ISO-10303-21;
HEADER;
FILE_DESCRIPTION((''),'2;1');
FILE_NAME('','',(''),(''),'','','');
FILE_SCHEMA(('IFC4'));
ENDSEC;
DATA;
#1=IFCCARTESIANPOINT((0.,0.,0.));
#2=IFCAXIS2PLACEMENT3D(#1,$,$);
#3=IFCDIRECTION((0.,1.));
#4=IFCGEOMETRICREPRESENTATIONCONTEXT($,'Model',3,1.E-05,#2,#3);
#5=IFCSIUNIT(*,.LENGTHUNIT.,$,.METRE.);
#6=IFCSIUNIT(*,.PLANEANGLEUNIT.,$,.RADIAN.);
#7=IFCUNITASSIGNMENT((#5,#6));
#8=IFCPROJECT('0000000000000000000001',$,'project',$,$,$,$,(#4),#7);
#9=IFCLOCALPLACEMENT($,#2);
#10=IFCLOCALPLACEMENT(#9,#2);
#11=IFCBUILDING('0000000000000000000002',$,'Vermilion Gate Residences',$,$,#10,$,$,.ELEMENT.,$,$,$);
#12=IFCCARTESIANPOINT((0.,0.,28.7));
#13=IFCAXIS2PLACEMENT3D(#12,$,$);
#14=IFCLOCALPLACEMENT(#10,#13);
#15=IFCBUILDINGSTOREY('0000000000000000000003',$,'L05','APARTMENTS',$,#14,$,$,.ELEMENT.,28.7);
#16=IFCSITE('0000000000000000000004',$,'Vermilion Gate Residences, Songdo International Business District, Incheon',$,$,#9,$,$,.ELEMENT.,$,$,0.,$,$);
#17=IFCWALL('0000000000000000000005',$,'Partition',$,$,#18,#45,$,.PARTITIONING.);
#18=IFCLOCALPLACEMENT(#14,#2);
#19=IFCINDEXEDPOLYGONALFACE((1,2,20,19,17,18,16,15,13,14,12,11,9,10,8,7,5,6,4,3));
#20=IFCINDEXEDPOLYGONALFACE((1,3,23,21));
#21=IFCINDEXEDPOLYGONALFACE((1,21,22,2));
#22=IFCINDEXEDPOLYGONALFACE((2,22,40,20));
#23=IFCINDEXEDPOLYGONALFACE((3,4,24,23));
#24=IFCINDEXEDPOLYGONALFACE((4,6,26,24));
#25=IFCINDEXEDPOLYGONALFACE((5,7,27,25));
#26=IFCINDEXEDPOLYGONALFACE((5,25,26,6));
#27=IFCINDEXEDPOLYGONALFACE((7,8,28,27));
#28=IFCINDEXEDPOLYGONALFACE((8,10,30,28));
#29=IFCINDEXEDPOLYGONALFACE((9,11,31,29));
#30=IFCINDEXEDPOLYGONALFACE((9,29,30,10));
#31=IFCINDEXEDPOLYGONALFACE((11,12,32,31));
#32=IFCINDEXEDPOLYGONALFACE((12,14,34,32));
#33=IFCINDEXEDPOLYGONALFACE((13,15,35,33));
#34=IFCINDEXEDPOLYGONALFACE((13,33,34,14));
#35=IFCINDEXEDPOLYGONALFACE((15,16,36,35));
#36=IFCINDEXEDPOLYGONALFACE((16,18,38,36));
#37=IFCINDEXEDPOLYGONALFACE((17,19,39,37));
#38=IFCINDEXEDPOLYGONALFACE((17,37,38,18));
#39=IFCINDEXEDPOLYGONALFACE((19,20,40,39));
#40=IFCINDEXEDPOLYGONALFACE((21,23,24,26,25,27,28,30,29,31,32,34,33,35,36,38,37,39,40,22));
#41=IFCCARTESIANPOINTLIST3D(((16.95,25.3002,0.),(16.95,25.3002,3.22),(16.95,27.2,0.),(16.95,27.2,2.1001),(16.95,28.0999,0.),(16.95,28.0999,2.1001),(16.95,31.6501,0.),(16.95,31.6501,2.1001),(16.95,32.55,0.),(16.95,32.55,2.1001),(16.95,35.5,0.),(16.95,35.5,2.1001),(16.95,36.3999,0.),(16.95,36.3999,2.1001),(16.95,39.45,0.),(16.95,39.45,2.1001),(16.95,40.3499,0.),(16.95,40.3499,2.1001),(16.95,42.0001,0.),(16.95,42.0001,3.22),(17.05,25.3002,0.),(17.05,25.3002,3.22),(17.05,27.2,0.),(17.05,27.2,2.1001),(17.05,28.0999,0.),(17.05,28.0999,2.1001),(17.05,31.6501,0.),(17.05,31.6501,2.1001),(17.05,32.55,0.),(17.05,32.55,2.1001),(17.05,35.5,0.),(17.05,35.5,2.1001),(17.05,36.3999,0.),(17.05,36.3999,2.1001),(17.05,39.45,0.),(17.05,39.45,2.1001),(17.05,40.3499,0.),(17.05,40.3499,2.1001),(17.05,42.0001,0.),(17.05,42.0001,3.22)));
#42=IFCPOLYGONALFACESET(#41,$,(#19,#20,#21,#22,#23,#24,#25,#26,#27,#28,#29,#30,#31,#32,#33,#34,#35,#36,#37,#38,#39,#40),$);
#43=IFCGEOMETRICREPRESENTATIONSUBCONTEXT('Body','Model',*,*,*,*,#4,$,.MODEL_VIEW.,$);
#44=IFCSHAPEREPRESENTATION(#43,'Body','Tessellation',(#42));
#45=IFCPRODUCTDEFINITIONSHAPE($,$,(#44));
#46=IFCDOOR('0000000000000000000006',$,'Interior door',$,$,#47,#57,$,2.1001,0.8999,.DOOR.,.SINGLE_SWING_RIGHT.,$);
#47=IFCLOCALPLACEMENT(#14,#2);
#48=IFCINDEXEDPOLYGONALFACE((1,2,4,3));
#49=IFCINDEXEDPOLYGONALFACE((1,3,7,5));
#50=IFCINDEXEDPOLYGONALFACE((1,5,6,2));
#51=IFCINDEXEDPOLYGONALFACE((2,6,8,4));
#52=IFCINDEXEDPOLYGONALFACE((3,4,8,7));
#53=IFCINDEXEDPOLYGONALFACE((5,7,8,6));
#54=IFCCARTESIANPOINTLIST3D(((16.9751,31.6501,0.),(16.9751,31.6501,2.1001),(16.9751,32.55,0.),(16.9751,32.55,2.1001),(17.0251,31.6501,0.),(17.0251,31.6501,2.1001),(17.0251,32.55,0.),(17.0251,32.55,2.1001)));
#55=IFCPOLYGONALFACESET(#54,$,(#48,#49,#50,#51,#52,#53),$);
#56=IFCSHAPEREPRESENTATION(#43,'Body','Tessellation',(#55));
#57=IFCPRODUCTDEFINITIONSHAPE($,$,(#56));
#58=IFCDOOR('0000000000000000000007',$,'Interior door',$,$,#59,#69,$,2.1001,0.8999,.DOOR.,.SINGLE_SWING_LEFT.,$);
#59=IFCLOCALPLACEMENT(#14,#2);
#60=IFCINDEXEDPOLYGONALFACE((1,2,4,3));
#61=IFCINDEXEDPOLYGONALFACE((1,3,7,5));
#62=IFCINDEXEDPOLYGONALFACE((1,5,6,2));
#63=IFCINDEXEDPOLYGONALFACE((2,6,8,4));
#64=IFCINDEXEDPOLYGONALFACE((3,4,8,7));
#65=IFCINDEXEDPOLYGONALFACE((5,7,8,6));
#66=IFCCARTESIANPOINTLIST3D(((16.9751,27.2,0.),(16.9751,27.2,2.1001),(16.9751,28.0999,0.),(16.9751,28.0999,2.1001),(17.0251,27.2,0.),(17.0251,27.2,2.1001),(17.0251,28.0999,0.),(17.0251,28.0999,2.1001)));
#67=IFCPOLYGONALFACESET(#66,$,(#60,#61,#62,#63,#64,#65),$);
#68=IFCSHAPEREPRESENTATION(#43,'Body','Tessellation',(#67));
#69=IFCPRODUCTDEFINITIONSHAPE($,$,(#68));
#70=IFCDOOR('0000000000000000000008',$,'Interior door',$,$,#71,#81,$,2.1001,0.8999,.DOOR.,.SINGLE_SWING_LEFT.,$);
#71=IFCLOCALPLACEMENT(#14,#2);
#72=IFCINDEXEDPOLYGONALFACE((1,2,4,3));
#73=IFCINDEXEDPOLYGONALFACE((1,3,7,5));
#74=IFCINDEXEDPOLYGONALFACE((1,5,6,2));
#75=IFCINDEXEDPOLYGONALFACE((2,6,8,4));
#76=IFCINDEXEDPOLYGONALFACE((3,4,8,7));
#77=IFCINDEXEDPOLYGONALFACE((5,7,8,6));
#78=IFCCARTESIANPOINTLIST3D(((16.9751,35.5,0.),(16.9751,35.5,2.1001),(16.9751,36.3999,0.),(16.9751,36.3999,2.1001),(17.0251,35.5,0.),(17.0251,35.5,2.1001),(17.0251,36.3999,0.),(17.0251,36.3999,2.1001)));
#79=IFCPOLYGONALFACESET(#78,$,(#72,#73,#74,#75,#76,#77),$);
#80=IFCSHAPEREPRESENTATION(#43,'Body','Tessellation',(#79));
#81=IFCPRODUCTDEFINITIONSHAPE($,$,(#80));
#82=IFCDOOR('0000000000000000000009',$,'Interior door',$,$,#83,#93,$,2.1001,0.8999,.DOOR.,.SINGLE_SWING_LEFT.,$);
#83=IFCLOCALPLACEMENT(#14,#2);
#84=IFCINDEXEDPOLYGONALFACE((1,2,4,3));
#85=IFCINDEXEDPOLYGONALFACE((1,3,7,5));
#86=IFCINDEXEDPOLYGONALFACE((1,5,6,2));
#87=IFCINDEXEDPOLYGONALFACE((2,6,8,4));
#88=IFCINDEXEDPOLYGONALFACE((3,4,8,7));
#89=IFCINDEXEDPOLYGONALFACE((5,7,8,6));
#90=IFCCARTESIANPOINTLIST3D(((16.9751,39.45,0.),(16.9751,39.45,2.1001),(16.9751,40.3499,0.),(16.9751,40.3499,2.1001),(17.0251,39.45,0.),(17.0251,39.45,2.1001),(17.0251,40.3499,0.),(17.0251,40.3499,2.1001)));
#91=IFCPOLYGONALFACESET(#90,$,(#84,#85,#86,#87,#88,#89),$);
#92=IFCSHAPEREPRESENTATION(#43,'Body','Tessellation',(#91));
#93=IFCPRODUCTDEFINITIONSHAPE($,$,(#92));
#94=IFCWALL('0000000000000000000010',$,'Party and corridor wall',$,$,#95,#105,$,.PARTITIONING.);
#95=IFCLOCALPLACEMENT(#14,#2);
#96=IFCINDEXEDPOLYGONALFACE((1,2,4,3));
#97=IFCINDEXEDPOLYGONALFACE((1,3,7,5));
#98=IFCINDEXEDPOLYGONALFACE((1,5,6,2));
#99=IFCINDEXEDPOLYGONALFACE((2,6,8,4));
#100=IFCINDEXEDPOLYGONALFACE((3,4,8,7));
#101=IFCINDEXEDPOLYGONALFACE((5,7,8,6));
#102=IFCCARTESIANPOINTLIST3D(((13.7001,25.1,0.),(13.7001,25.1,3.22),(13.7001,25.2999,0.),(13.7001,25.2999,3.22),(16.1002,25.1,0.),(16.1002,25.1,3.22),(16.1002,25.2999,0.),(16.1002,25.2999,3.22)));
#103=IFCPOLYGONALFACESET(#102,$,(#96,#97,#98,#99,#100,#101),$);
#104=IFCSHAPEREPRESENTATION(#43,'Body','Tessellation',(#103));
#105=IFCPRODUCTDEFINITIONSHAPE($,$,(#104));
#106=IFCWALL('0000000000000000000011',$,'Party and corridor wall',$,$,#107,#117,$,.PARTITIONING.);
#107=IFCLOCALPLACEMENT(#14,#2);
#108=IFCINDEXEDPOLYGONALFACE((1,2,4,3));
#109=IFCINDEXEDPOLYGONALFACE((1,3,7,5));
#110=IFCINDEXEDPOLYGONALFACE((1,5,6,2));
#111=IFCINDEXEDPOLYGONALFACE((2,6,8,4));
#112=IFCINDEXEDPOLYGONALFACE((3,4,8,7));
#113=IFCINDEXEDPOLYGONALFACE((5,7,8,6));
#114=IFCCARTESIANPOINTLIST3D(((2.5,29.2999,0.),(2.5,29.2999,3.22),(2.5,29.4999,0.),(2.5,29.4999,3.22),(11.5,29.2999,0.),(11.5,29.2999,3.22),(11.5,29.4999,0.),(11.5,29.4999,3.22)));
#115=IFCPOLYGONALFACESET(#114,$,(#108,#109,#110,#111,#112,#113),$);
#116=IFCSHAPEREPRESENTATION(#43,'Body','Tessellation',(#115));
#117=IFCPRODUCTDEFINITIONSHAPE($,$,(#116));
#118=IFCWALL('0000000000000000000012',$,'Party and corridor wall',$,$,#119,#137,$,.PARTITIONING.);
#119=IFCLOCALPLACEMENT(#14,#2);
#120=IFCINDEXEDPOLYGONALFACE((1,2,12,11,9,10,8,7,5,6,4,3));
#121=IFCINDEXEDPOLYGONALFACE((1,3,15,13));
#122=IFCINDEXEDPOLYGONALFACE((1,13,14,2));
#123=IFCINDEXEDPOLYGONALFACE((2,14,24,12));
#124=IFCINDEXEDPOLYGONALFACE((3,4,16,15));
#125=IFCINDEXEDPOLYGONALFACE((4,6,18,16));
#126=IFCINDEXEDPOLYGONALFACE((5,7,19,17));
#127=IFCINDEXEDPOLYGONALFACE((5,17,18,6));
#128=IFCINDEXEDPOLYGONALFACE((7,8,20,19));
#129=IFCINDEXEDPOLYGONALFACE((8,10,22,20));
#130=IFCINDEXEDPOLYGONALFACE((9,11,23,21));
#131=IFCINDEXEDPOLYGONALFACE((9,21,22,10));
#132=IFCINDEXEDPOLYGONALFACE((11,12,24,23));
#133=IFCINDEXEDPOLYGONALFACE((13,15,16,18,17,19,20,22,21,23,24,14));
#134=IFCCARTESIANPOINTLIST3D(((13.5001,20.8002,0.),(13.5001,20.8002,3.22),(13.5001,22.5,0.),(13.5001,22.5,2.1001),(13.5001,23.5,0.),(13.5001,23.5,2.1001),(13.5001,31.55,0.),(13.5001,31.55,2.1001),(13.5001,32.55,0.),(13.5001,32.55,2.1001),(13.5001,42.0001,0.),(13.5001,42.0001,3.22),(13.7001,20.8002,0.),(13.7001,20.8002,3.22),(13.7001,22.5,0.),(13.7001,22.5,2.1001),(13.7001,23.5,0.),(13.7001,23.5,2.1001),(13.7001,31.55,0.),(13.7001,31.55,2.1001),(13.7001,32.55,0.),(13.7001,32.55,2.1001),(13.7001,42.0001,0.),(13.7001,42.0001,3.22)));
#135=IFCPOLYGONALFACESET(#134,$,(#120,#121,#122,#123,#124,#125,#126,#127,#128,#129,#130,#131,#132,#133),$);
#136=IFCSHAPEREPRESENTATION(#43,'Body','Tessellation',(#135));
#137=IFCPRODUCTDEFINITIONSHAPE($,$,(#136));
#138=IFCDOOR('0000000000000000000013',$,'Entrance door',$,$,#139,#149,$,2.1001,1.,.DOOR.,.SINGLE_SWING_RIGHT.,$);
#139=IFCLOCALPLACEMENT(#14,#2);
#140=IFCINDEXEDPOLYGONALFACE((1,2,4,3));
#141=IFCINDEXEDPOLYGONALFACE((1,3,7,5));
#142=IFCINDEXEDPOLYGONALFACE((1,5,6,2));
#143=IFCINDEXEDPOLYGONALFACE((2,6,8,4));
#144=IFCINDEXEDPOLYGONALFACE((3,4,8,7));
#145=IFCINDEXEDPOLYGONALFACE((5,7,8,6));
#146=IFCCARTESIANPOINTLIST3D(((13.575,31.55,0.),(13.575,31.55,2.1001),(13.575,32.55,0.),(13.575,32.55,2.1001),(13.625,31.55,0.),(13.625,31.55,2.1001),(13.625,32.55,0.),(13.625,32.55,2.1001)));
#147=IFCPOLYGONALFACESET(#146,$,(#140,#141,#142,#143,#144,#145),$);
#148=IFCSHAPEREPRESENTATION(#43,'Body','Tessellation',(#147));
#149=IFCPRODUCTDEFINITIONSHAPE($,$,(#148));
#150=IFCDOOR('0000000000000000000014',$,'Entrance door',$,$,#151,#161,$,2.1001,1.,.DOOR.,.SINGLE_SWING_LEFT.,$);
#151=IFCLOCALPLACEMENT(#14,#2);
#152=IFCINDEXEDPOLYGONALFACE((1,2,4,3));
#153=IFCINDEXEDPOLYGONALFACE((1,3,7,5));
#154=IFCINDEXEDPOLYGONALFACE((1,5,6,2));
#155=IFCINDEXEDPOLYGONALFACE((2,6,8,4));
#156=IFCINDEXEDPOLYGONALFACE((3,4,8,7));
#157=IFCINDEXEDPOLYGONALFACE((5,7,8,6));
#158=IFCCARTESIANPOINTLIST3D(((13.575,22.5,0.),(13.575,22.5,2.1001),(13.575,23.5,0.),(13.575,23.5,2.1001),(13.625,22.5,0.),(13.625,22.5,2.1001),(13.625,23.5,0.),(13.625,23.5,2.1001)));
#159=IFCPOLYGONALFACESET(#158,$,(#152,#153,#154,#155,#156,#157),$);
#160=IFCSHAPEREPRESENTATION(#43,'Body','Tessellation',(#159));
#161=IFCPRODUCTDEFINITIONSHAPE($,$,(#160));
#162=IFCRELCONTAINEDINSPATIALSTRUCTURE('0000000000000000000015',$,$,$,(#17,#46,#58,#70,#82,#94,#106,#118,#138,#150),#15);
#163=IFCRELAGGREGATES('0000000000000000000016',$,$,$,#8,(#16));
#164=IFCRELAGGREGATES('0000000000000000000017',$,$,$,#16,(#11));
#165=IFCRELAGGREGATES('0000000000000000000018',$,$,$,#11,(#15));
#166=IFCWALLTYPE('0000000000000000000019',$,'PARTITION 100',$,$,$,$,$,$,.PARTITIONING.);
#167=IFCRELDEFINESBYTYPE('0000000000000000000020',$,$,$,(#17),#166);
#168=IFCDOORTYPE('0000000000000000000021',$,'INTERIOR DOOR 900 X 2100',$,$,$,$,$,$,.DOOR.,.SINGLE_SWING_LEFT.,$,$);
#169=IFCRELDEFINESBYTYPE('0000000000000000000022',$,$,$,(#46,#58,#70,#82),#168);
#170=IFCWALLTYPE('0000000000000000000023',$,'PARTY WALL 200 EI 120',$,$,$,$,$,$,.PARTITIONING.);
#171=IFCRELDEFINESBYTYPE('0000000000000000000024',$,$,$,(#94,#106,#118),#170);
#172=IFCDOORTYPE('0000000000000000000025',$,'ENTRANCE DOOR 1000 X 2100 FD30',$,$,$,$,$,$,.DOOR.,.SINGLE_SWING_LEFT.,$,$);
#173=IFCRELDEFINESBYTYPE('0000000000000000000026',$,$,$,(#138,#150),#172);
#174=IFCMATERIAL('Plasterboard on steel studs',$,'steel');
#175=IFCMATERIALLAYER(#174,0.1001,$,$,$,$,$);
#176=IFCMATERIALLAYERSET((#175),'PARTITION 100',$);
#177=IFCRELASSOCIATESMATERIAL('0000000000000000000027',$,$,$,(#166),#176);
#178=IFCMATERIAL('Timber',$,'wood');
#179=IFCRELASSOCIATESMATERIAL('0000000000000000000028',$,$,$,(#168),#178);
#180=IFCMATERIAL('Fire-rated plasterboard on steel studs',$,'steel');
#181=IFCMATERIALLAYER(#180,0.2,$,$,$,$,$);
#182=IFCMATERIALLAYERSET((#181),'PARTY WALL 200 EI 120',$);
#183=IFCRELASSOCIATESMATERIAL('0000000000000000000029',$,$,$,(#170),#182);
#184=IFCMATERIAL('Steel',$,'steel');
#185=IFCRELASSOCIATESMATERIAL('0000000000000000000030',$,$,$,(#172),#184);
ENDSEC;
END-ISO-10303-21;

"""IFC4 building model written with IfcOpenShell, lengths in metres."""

from ifc_helpers import new_model, si_unit, direction, frame, frame_2d, origin, place, context, subcontext, project, spatial, rectangle, extrude, material, layer, layer_set, type_object, element, fill, save


model = new_model("IFC4")

# Units and contexts
model_context = context("Model", 3, precision=1e-05, world=origin(), true_north=direction((0.0, 1.0)))
body_context = subcontext(model_context, "Body", "Model", "MODEL_VIEW")
ifc_project = project(units=[si_unit("LENGTHUNIT", "METRE"), si_unit("PLANEANGLEUNIT", "RADIAN")], contexts=[model_context])

# Site, building, storey
site_placement = place(None, origin())
site = spatial("IfcSite", under=ifc_project, at=site_placement, Name="Vermilion Gate Residences, Songdo International Business District, Incheon", CompositionType="ELEMENT", RefElevation=0.0)
building_placement = place(site_placement, origin())
building = spatial("IfcBuilding", under=site, at=building_placement, Name="Vermilion Gate Residences", CompositionType="ELEMENT")
storey_placement = place(building_placement, frame((0.0, 0.0, 28.7)))
storey = spatial("IfcBuildingStorey", under=building, at=storey_placement, Name="L05", Description="APARTMENTS", CompositionType="ELEMENT", Elevation=28.7)

# Shared definitions
ifc_material_1 = material(Name="Plasterboard on steel studs", Category="steel")
ifc_layer_1 = layer(ifc_material_1, 0.1001)
ifc_layer_set_1 = layer_set([ifc_layer_1], Name="PARTITION 100")
wall_type_1 = type_object("IfcWallType", Name="PARTITION 100", PredefinedType="PARTITIONING", material=ifc_layer_set_1)

# Shared definitions
ifc_material_2 = material(Name="Timber", Category="wood")
door_type_1 = type_object("IfcDoorType", Name="INTERIOR DOOR 900 X 2100", OperationType="SINGLE_SWING_LEFT", PredefinedType="DOOR", material=ifc_material_2)

# Wall, openings, doors
wall_1_placement = place(storey_placement, frame((17.0, 25.3, 0.0), z_axis=(0.0, 0.0, 1.0), x_axis=(0.0, 1.0, 0.0)))
wall_1 = element("IfcWall", 1, at=wall_1_placement, inside=storey, type_object=wall_type_1, Name="Partition", PredefinedType="PARTITIONING", context=body_context, shape_type="SweptSolid", body=[
    extrude(rectangle(XDim=16.7, YDim=0.1001, at=frame_2d((8.3501, 0.0))), origin(), (0.0, 0.0, 1.0), 3.22),
])
opening_1_placement = place(wall_1_placement, frame((6.3501, 0.0, 0.0)))
opening_1 = element("IfcOpeningElement", 2, at=opening_1_placement, cuts=wall_1, PredefinedType="OPENING", context=body_context, shape_type="SweptSolid", body=[
    extrude(rectangle(XDim=0.8999, YDim=2.1001, at=frame_2d((0.45, 1.05))), frame((0.0, 0.0601, 0.0), z_axis=(0.0, -1.0, 0.0), x_axis=(1.0, 0.0, 0.0)), (0.0, 0.0, 1.0), 0.1201),
])
opening_2_placement = place(wall_1_placement, frame((1.8999, 0.0, 0.0)))
opening_2 = element("IfcOpeningElement", 3, at=opening_2_placement, cuts=wall_1, PredefinedType="OPENING", context=body_context, shape_type="SweptSolid", body=[
    extrude(rectangle(XDim=0.8999, YDim=2.1001, at=frame_2d((0.45, 1.05))), frame((0.0, 0.0601, 0.0), z_axis=(0.0, -1.0, 0.0), x_axis=(1.0, 0.0, 0.0)), (0.0, 0.0, 1.0), 0.1201),
])
opening_3_placement = place(wall_1_placement, frame((10.2, 0.0, 0.0)))
opening_3 = element("IfcOpeningElement", 4, at=opening_3_placement, cuts=wall_1, PredefinedType="OPENING", context=body_context, shape_type="SweptSolid", body=[
    extrude(rectangle(XDim=0.8999, YDim=2.1001, at=frame_2d((0.45, 1.05))), frame((0.0, 0.0601, 0.0), z_axis=(0.0, -1.0, 0.0), x_axis=(1.0, 0.0, 0.0)), (0.0, 0.0, 1.0), 0.1201),
])
opening_4_placement = place(wall_1_placement, frame((14.1499, 0.0, 0.0)))
opening_4 = element("IfcOpeningElement", 5, at=opening_4_placement, cuts=wall_1, PredefinedType="OPENING", context=body_context, shape_type="SweptSolid", body=[
    extrude(rectangle(XDim=0.8999, YDim=2.1001, at=frame_2d((0.45, 1.05))), frame((0.0, 0.0601, 0.0), z_axis=(0.0, -1.0, 0.0), x_axis=(1.0, 0.0, 0.0)), (0.0, 0.0, 1.0), 0.1201),
])
door_1_placement = place(opening_1_placement, origin())
door_1 = element("IfcDoor", 6, at=door_1_placement, inside=storey, type_object=door_type_1, Name="Interior door", OperationType="SINGLE_SWING_RIGHT", OverallHeight=2.1001, OverallWidth=0.8999, PredefinedType="DOOR", context=body_context, shape_type="SweptSolid", body=[
    extrude(rectangle(XDim=0.8999, YDim=2.1001, at=frame_2d((0.45, 1.05))), frame((0.0, 0.0249, 0.0), z_axis=(0.0, -1.0, 0.0), x_axis=(1.0, 0.0, 0.0)), (0.0, 0.0, 1.0), 0.05),
])
fill(opening_1, door_1)
door_2_placement = place(opening_2_placement, origin())
door_2 = element("IfcDoor", 7, at=door_2_placement, inside=storey, type_object=door_type_1, Name="Interior door", OperationType="SINGLE_SWING_LEFT", OverallHeight=2.1001, OverallWidth=0.8999, PredefinedType="DOOR", context=body_context, shape_type="SweptSolid", body=[
    extrude(rectangle(XDim=0.8999, YDim=2.1001, at=frame_2d((0.45, 1.05))), frame((0.0, 0.0249, 0.0), z_axis=(0.0, -1.0, 0.0), x_axis=(1.0, 0.0, 0.0)), (0.0, 0.0, 1.0), 0.05),
])
fill(opening_2, door_2)
door_3_placement = place(opening_3_placement, origin())
door_3 = element("IfcDoor", 8, at=door_3_placement, inside=storey, type_object=door_type_1, Name="Interior door", OperationType="SINGLE_SWING_LEFT", OverallHeight=2.1001, OverallWidth=0.8999, PredefinedType="DOOR", context=body_context, shape_type="SweptSolid", body=[
    extrude(rectangle(XDim=0.8999, YDim=2.1001, at=frame_2d((0.45, 1.05))), frame((0.0, 0.0249, 0.0), z_axis=(0.0, -1.0, 0.0), x_axis=(1.0, 0.0, 0.0)), (0.0, 0.0, 1.0), 0.05),
])
fill(opening_3, door_3)
door_4_placement = place(opening_4_placement, origin())
door_4 = element("IfcDoor", 9, at=door_4_placement, inside=storey, type_object=door_type_1, Name="Interior door", OperationType="SINGLE_SWING_LEFT", OverallHeight=2.1001, OverallWidth=0.8999, PredefinedType="DOOR", context=body_context, shape_type="SweptSolid", body=[
    extrude(rectangle(XDim=0.8999, YDim=2.1001, at=frame_2d((0.45, 1.05))), frame((0.0, 0.0249, 0.0), z_axis=(0.0, -1.0, 0.0), x_axis=(1.0, 0.0, 0.0)), (0.0, 0.0, 1.0), 0.05),
])
fill(opening_4, door_4)

# Walls
ifc_material_3 = material(Name="Fire-rated plasterboard on steel studs", Category="steel")
ifc_layer_2 = layer(ifc_material_3, 0.2)
ifc_layer_set_2 = layer_set([ifc_layer_2], Name="PARTY WALL 200 EI 120")
wall_type_2 = type_object("IfcWallType", Name="PARTY WALL 200 EI 120", PredefinedType="PARTITIONING", material=ifc_layer_set_2)
wall_2_placement = place(storey_placement, frame((13.7, 25.2, 0.0), z_axis=(0.0, 0.0, 1.0), x_axis=(1.0, 0.0, 0.0)))
element("IfcWall", 10, at=wall_2_placement, inside=storey, type_object=wall_type_2, Name="Party and corridor wall", PredefinedType="PARTITIONING", context=body_context, shape_type="SweptSolid", body=[
    extrude(rectangle(XDim=2.4001, YDim=0.2, at=frame_2d((1.2002, 0.0))), origin(), (0.0, 0.0, 1.0), 3.22),
])
wall_3_placement = place(storey_placement, frame((2.5, 29.3999, 0.0), z_axis=(0.0, 0.0, 1.0), x_axis=(1.0, 0.0, 0.0)))
element("IfcWall", 11, at=wall_3_placement, inside=storey, type_object=wall_type_2, Name="Party and corridor wall", PredefinedType="PARTITIONING", context=body_context, shape_type="SweptSolid", body=[
    extrude(rectangle(XDim=9.0, YDim=0.2, at=frame_2d((4.5, 0.0))), origin(), (0.0, 0.0, 1.0), 3.22),
])

# Wall, openings, doors
wall_4_placement = place(storey_placement, frame((13.6001, 20.8, 0.0), z_axis=(0.0, 0.0, 1.0), x_axis=(0.0, 1.0, 0.0)))
wall_4 = element("IfcWall", 12, at=wall_4_placement, inside=storey, type_object=wall_type_2, Name="Party and corridor wall", PredefinedType="PARTITIONING", context=body_context, shape_type="SweptSolid", body=[
    extrude(rectangle(XDim=21.2, YDim=0.2, at=frame_2d((10.6001, 0.0))), origin(), (0.0, 0.0, 1.0), 3.22),
])
opening_5_placement = place(wall_4_placement, frame((10.75, 0.0, 0.0)))
opening_5 = element("IfcOpeningElement", 13, at=opening_5_placement, cuts=wall_4, PredefinedType="OPENING", context=body_context, shape_type="SweptSolid", body=[
    extrude(rectangle(XDim=1.0, YDim=2.1001, at=frame_2d((0.5, 1.05))), frame((0.0, 0.1099, 0.0), z_axis=(0.0, -1.0, 0.0), x_axis=(1.0, 0.0, 0.0)), (0.0, 0.0, 1.0), 0.22),
])
opening_6_placement = place(wall_4_placement, frame((1.7, 0.0, 0.0)))
opening_6 = element("IfcOpeningElement", 14, at=opening_6_placement, cuts=wall_4, PredefinedType="OPENING", context=body_context, shape_type="SweptSolid", body=[
    extrude(rectangle(XDim=1.0, YDim=2.1001, at=frame_2d((0.5, 1.05))), frame((0.0, 0.1099, 0.0), z_axis=(0.0, -1.0, 0.0), x_axis=(1.0, 0.0, 0.0)), (0.0, 0.0, 1.0), 0.22),
])
ifc_material_4 = material(Name="Steel", Category="steel")
door_type_2 = type_object("IfcDoorType", Name="ENTRANCE DOOR 1000 X 2100 FD30", OperationType="SINGLE_SWING_LEFT", PredefinedType="DOOR", material=ifc_material_4)
door_5_placement = place(opening_5_placement, frame((1.0, 0.0, 0.0), z_axis=(0.0, 0.0, 1.0), x_axis=(-1.0, 0.0, 0.0)))
door_5 = element("IfcDoor", 15, at=door_5_placement, inside=storey, type_object=door_type_2, Name="Entrance door", OperationType="SINGLE_SWING_RIGHT", OverallHeight=2.1001, OverallWidth=1.0, PredefinedType="DOOR", context=body_context, shape_type="SweptSolid", body=[
    extrude(rectangle(XDim=1.0, YDim=2.1001, at=frame_2d((0.5, 1.05))), frame((0.0, 0.0249, 0.0), z_axis=(0.0, -1.0, 0.0), x_axis=(1.0, 0.0, 0.0)), (0.0, 0.0, 1.0), 0.05),
])
fill(opening_5, door_5)
door_6_placement = place(opening_6_placement, frame((1.0, 0.0, 0.0), z_axis=(0.0, 0.0, 1.0), x_axis=(-1.0, 0.0, 0.0)))
door_6 = element("IfcDoor", 16, at=door_6_placement, inside=storey, type_object=door_type_2, Name="Entrance door", OperationType="SINGLE_SWING_LEFT", OverallHeight=2.1001, OverallWidth=1.0, PredefinedType="DOOR", context=body_context, shape_type="SweptSolid", body=[
    extrude(rectangle(XDim=1.0, YDim=2.1001, at=frame_2d((0.5, 1.05))), frame((0.0, 0.0249, 0.0), z_axis=(0.0, -1.0, 0.0), x_axis=(1.0, 0.0, 0.0)), (0.0, 0.0, 1.0), 0.05),
])
fill(opening_6, door_6)

save(model, "model.ifc")
